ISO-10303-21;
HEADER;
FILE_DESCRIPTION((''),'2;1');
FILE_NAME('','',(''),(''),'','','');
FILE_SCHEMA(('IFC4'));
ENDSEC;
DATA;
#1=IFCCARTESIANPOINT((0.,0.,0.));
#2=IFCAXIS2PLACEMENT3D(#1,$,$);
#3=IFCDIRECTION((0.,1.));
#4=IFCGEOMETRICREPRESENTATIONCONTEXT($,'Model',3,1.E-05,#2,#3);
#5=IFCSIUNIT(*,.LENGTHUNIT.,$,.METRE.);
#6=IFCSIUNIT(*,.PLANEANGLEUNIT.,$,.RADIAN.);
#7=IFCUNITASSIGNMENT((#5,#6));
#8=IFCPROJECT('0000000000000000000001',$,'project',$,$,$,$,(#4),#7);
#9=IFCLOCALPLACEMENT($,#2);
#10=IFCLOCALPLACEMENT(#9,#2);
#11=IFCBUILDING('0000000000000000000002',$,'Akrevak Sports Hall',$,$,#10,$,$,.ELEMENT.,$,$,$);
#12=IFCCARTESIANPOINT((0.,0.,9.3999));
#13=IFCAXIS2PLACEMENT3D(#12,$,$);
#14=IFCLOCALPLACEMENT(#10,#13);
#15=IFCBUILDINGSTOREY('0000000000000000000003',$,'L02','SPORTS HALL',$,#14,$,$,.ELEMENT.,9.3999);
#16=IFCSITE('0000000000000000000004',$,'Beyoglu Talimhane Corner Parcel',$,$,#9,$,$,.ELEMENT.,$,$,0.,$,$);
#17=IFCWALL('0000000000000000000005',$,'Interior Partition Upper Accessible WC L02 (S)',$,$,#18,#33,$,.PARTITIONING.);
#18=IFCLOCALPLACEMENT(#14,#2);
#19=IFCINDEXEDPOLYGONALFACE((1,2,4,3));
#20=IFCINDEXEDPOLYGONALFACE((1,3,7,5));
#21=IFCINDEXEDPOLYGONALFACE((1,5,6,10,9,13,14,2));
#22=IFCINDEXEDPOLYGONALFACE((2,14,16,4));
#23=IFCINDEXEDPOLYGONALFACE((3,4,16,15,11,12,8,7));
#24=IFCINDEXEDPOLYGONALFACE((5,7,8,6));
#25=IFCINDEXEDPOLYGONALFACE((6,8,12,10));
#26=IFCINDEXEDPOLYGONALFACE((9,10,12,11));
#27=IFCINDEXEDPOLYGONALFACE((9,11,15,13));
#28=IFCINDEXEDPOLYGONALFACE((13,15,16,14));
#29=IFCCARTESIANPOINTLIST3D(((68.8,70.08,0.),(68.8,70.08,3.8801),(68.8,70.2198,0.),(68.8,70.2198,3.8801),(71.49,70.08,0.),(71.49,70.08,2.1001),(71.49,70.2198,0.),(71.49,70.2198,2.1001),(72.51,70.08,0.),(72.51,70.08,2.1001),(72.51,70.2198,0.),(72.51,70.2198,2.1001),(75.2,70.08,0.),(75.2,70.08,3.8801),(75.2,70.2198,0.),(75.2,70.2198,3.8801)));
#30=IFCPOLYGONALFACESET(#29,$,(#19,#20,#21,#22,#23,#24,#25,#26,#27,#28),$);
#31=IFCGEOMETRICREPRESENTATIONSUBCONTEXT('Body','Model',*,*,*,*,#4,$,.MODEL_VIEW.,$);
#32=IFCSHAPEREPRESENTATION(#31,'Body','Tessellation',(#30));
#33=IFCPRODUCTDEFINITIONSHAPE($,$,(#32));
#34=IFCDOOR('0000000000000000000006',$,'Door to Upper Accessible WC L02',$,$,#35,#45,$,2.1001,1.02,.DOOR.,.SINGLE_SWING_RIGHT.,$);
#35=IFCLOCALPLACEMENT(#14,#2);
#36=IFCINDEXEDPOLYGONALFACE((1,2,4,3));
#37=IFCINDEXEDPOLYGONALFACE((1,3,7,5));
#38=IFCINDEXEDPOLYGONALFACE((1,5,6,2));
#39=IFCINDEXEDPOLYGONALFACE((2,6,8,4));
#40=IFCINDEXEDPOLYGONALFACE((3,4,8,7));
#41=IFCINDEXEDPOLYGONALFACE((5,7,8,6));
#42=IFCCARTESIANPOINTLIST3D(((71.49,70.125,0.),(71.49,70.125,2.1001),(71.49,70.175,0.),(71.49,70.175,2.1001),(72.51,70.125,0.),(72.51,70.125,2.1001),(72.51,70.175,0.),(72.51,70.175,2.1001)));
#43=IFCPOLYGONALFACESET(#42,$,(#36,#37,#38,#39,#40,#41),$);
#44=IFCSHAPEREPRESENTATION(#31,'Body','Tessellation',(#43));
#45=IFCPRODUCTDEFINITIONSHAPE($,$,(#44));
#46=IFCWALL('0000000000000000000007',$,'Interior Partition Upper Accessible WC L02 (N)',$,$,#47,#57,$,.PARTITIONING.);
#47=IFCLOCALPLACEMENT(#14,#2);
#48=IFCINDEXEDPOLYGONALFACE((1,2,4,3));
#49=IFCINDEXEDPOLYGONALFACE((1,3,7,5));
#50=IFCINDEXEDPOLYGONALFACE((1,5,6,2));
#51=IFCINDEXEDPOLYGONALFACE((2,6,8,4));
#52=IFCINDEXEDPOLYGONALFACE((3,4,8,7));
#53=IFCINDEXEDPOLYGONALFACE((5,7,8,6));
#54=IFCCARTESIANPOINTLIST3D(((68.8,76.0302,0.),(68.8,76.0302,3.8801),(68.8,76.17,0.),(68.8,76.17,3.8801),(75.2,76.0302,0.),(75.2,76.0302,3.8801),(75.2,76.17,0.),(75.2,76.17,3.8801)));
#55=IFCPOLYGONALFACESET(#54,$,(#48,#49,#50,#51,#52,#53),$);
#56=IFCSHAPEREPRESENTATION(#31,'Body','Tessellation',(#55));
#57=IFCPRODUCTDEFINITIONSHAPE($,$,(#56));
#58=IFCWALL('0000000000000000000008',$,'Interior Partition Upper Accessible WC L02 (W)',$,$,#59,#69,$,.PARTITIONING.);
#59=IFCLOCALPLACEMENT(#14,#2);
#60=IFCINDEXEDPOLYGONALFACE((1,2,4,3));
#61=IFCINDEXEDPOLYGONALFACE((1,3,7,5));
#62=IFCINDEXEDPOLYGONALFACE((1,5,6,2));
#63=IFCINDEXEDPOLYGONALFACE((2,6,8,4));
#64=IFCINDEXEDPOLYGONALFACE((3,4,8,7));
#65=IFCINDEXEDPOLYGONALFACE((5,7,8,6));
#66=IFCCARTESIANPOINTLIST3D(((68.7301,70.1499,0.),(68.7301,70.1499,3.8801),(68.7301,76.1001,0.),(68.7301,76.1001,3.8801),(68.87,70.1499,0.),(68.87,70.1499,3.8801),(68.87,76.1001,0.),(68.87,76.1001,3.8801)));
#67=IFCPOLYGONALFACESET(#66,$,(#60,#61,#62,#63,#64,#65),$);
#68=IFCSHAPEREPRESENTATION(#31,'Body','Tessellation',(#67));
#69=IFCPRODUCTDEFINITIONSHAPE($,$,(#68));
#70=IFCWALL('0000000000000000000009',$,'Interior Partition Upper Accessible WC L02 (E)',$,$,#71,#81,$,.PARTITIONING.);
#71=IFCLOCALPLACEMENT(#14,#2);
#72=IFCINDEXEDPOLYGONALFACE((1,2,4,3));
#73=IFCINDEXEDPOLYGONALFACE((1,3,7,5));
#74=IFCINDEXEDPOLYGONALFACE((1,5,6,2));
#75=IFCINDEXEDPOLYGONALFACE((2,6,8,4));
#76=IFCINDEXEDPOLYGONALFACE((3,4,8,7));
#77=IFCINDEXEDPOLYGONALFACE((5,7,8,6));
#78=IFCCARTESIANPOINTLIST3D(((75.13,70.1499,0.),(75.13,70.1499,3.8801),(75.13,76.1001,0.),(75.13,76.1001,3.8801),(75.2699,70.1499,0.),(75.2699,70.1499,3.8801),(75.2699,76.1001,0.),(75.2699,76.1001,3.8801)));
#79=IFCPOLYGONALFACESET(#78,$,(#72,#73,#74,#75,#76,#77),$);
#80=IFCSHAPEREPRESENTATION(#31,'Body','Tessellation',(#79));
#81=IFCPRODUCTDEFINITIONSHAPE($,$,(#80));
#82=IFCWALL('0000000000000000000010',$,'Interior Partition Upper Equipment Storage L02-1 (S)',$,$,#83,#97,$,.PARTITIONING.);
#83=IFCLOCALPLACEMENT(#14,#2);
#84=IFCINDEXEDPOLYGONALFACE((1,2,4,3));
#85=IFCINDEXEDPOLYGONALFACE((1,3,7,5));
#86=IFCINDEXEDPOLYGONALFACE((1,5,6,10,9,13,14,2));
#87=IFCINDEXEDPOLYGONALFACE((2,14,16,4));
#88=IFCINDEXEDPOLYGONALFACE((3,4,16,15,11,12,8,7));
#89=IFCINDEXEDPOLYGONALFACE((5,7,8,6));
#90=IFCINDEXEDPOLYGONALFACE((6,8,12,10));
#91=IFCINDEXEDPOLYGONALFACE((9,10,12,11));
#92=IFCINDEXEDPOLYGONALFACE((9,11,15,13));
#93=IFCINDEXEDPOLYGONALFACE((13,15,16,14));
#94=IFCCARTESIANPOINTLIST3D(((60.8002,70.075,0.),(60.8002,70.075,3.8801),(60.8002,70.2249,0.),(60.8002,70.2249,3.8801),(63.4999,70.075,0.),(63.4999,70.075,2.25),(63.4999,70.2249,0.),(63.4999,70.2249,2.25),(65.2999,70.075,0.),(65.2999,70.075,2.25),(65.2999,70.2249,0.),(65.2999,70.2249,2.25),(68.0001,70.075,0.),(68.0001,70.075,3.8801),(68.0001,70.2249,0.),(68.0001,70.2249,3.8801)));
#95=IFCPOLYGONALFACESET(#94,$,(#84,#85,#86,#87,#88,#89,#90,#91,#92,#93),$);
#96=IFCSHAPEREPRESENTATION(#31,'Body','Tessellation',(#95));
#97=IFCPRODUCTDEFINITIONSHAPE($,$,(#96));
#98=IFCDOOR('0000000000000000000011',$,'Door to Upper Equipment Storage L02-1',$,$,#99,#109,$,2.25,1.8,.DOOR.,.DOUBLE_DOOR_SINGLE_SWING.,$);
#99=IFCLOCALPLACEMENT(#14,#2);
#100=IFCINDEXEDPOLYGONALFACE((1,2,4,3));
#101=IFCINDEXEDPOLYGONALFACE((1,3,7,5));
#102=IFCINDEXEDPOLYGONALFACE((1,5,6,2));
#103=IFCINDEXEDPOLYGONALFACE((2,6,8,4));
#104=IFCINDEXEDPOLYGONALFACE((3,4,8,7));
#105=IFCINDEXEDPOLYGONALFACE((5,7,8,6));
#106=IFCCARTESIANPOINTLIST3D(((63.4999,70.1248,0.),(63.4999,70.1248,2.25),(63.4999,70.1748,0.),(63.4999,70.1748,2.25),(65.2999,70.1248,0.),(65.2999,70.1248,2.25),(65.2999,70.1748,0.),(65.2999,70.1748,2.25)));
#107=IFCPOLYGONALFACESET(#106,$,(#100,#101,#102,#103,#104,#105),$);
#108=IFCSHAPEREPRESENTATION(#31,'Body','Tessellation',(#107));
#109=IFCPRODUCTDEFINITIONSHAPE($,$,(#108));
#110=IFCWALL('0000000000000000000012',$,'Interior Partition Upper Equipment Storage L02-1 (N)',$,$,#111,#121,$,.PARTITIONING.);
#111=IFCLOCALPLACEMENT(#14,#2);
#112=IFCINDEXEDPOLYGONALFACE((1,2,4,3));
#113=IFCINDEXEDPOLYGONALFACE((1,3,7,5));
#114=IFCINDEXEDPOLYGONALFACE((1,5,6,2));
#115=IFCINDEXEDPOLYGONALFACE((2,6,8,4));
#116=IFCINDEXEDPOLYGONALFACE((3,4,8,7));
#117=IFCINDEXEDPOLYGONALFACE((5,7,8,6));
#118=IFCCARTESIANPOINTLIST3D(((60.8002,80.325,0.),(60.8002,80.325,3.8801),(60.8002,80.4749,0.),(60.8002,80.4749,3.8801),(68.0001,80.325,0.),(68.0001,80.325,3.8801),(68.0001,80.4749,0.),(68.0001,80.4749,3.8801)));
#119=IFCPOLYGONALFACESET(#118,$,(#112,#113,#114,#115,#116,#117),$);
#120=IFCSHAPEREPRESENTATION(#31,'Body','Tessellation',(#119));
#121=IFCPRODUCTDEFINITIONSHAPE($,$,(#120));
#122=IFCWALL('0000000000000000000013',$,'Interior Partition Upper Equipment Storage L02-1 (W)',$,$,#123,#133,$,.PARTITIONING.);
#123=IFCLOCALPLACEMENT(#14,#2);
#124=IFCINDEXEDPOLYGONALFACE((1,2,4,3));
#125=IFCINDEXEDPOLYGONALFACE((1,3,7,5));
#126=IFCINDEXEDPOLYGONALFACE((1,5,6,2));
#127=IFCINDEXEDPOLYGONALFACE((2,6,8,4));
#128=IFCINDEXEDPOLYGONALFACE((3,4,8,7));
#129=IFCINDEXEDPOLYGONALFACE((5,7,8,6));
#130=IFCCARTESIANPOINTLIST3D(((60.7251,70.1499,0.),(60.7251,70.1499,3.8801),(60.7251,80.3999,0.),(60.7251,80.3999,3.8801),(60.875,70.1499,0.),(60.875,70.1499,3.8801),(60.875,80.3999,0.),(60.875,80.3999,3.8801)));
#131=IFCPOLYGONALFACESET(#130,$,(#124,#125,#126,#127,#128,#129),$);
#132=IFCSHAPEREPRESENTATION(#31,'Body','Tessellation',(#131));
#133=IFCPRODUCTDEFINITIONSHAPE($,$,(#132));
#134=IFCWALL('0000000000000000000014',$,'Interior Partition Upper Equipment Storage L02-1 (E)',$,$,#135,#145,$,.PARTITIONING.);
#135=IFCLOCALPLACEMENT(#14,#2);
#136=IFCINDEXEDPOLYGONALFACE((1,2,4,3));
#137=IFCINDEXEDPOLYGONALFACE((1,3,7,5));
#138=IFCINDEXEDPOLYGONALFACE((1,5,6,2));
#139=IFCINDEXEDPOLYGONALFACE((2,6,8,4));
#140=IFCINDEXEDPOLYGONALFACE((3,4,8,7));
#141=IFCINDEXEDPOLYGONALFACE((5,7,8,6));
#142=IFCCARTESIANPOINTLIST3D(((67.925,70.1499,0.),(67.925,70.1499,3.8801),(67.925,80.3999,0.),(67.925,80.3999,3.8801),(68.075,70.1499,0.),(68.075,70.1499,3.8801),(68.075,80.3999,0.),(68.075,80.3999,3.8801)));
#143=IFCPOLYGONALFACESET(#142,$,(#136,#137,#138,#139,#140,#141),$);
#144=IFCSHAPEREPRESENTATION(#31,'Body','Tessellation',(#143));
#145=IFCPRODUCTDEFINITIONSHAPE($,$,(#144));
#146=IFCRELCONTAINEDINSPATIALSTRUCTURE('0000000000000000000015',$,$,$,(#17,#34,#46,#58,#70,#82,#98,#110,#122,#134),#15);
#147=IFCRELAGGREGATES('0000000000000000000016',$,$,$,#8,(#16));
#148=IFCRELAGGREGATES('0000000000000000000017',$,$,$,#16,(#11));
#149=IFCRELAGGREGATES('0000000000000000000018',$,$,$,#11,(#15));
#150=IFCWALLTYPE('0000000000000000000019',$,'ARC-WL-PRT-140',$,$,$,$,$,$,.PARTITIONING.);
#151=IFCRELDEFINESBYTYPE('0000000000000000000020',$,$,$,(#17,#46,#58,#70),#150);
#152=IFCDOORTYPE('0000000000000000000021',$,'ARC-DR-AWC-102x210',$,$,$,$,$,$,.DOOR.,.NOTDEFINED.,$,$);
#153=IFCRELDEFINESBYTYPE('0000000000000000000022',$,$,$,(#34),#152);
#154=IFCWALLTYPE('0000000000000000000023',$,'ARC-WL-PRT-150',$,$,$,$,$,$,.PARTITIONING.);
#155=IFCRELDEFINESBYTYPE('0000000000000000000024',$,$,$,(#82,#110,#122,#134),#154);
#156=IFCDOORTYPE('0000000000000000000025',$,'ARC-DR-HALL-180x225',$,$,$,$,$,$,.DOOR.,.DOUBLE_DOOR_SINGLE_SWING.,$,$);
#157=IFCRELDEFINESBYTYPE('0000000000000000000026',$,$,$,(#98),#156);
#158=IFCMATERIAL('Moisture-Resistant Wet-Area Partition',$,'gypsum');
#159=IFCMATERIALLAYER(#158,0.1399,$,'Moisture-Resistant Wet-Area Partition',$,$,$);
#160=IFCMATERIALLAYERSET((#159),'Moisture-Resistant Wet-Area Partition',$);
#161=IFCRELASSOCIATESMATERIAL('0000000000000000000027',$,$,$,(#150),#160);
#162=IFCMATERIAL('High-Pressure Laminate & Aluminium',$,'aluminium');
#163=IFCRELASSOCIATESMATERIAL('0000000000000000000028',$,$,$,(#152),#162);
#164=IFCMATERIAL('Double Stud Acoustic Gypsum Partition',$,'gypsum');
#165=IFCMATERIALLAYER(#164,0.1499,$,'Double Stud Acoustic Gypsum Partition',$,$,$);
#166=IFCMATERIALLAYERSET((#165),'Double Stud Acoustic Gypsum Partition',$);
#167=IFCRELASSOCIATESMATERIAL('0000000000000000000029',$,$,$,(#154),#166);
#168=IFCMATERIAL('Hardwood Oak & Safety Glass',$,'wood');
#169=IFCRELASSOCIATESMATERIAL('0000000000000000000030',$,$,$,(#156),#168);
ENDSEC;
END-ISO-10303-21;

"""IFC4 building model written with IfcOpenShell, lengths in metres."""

from ifc_helpers import new_model, si_unit, direction, frame, frame_2d, origin, place, context, subcontext, project, spatial, rectangle, extrude, material, layer, layer_set, type_object, element, fill, save


model = new_model("IFC4")

# Units and contexts
model_context = context("Model", 3, precision=1e-05, world=origin(), true_north=direction((0.0, 1.0)))
body_context = subcontext(model_context, "Body", "Model", "MODEL_VIEW")
ifc_project = project(units=[si_unit("LENGTHUNIT", "METRE"), si_unit("PLANEANGLEUNIT", "RADIAN")], contexts=[model_context])

# Site, building, storey
site_placement = place(None, origin())
site = spatial("IfcSite", under=ifc_project, at=site_placement, Name="Beyoglu Talimhane Corner Parcel", CompositionType="ELEMENT", RefElevation=0.0)
building_placement = place(site_placement, origin())
building = spatial("IfcBuilding", under=site, at=building_placement, Name="Akrevak Sports Hall", CompositionType="ELEMENT")
storey_placement = place(building_placement, frame((0.0, 0.0, 9.3999)))
storey = spatial("IfcBuildingStorey", under=building, at=storey_placement, Name="L02", Description="SPORTS HALL", CompositionType="ELEMENT", Elevation=9.3999)

# Wall, opening, door
ifc_material_1 = material(Name="Moisture-Resistant Wet-Area Partition", Category="gypsum")
ifc_layer_1 = layer(ifc_material_1, 0.1399, Name="Moisture-Resistant Wet-Area Partition")
ifc_layer_set_1 = layer_set([ifc_layer_1], Name="Moisture-Resistant Wet-Area Partition")
wall_type_1 = type_object("IfcWallType", Name="ARC-WL-PRT-140", PredefinedType="PARTITIONING", material=ifc_layer_set_1)
wall_1_placement = place(storey_placement, frame((68.8, 70.1499, 0.0), z_axis=(0.0, 0.0, 1.0), x_axis=(1.0, 0.0, 0.0)))
wall_1 = element("IfcWall", 1, at=wall_1_placement, inside=storey, type_object=wall_type_1, Name="Interior Partition Upper Accessible WC L02 (S)", PredefinedType="PARTITIONING", context=body_context, shape_type="SweptSolid", body=[
    extrude(rectangle(XDim=6.3999, YDim=0.1399, at=frame_2d((3.2, 0.0))), origin(), (0.0, 0.0, 1.0), 3.8801),
])
opening_1_placement = place(wall_1_placement, frame((2.6899, 0.0, 0.0)))
opening_1 = element("IfcOpeningElement", 2, at=opening_1_placement, cuts=wall_1, PredefinedType="OPENING", context=body_context, shape_type="SweptSolid", body=[
    extrude(rectangle(XDim=1.02, YDim=2.1001, at=frame_2d((0.51, 1.05))), frame((0.0, 0.082, 0.0), z_axis=(0.0, -1.0, 0.0), x_axis=(1.0, 0.0, 0.0)), (0.0, 0.0, 1.0), 0.1638),
])
ifc_material_2 = material(Name="High-Pressure Laminate & Aluminium", Category="aluminium")
door_type_1 = type_object("IfcDoorType", Name="ARC-DR-AWC-102x210", OperationType="NOTDEFINED", PredefinedType="DOOR", material=ifc_material_2)
door_1_placement = place(opening_1_placement, frame((1.02, 0.0, 0.0), z_axis=(0.0, 0.0, 1.0), x_axis=(-1.0, 0.0, 0.0)))
door_1 = element("IfcDoor", 3, at=door_1_placement, inside=storey, type_object=door_type_1, Name="Door to Upper Accessible WC L02", OperationType="SINGLE_SWING_RIGHT", OverallHeight=2.1001, OverallWidth=1.02, PredefinedType="DOOR", context=body_context, shape_type="SweptSolid", body=[
    extrude(rectangle(XDim=1.02, YDim=2.1001, at=frame_2d((0.51, 1.05))), frame((0.0, 0.0249, 0.0), z_axis=(0.0, -1.0, 0.0), x_axis=(1.0, 0.0, 0.0)), (0.0, 0.0, 1.0), 0.05),
])
fill(opening_1, door_1)

# Walls
wall_2_placement = place(storey_placement, frame((68.8, 76.1001, 0.0), z_axis=(0.0, 0.0, 1.0), x_axis=(1.0, 0.0, 0.0)))
element("IfcWall", 4, at=wall_2_placement, inside=storey, type_object=wall_type_1, Name="Interior Partition Upper Accessible WC L02 (N)", PredefinedType="PARTITIONING", context=body_context, shape_type="SweptSolid", body=[
    extrude(rectangle(XDim=6.3999, YDim=0.1399, at=frame_2d((3.2, 0.0))), origin(), (0.0, 0.0, 1.0), 3.8801),
])
for number, where, z_axis, x_axis, name in (
    (5, (68.8, 70.1499, 0.0), (0.0, 0.0, 1.0), (0.0, 1.0, 0.0), "Interior Partition Upper Accessible WC L02 (W)"),
    (6, (75.2, 70.1499, 0.0), (0.0, 0.0, 1.0), (0.0, 1.0, 0.0), "Interior Partition Upper Accessible WC L02 (E)"),
):
    element("IfcWall", number, at=place(storey_placement, frame(where, z_axis=z_axis, x_axis=x_axis)), inside=storey, type_object=wall_type_1, Name=name, PredefinedType="PARTITIONING", context=body_context, shape_type="SweptSolid", body=[
        extrude(rectangle(XDim=5.9502, YDim=0.1399, at=frame_2d((2.9751, 0.0))), origin(), (0.0, 0.0, 1.0), 3.8801),
    ])

# Wall, opening, door
ifc_material_3 = material(Name="Double Stud Acoustic Gypsum Partition", Category="gypsum")
ifc_layer_2 = layer(ifc_material_3, 0.1499, Name="Double Stud Acoustic Gypsum Partition")
ifc_layer_set_2 = layer_set([ifc_layer_2], Name="Double Stud Acoustic Gypsum Partition")
wall_type_2 = type_object("IfcWallType", Name="ARC-WL-PRT-150", PredefinedType="PARTITIONING", material=ifc_layer_set_2)
wall_3_placement = place(storey_placement, frame((60.8, 70.1499, 0.0), z_axis=(0.0, 0.0, 1.0), x_axis=(1.0, 0.0, 0.0)))
wall_3 = element("IfcWall", 7, at=wall_3_placement, inside=storey, type_object=wall_type_2, Name="Interior Partition Upper Equipment Storage L02-1 (S)", PredefinedType="PARTITIONING", context=body_context, shape_type="SweptSolid", body=[
    extrude(rectangle(XDim=7.2, YDim=0.1499, at=frame_2d((3.6001, 0.0))), origin(), (0.0, 0.0, 1.0), 3.8801),
])
opening_2_placement = place(wall_3_placement, frame((2.7, 0.0, 0.0)))
opening_2 = element("IfcOpeningElement", 8, at=opening_2_placement, cuts=wall_3, PredefinedType="OPENING", context=body_context, shape_type="SweptSolid", body=[
    extrude(rectangle(XDim=1.8, YDim=2.25, at=frame_2d((0.8999, 1.125))), frame((0.0, 0.0869, 0.0), z_axis=(0.0, -1.0, 0.0), x_axis=(1.0, 0.0, 0.0)), (0.0, 0.0, 1.0), 0.1738),
])
ifc_material_4 = material(Name="Hardwood Oak & Safety Glass", Category="wood")
door_type_2 = type_object("IfcDoorType", Name="ARC-DR-HALL-180x225", OperationType="DOUBLE_DOOR_SINGLE_SWING", PredefinedType="DOOR", material=ifc_material_4)
door_2_placement = place(opening_2_placement, origin())
door_2 = element("IfcDoor", 9, at=door_2_placement, inside=storey, type_object=door_type_2, Name="Door to Upper Equipment Storage L02-1", OperationType="DOUBLE_DOOR_SINGLE_SWING", OverallHeight=2.25, OverallWidth=1.8, PredefinedType="DOOR", context=body_context, shape_type="SweptSolid", body=[
    extrude(rectangle(XDim=1.8, YDim=2.25, at=frame_2d((0.8999, 1.125))), frame((0.0, 0.0249, 0.0), z_axis=(0.0, -1.0, 0.0), x_axis=(1.0, 0.0, 0.0)), (0.0, 0.0, 1.0), 0.05),
])
fill(opening_2, door_2)

# Walls
wall_4_placement = place(storey_placement, frame((60.8, 80.3999, 0.0), z_axis=(0.0, 0.0, 1.0), x_axis=(1.0, 0.0, 0.0)))
element("IfcWall", 10, at=wall_4_placement, inside=storey, type_object=wall_type_2, Name="Interior Partition Upper Equipment Storage L02-1 (N)", PredefinedType="PARTITIONING", context=body_context, shape_type="SweptSolid", body=[
    extrude(rectangle(XDim=7.2, YDim=0.1499, at=frame_2d((3.6001, 0.0))), origin(), (0.0, 0.0, 1.0), 3.8801),
])
for number, where, z_axis, x_axis, name in (
    (11, (60.8, 70.1499, 0.0), (0.0, 0.0, 1.0), (0.0, 1.0, 0.0), "Interior Partition Upper Equipment Storage L02-1 (W)"),
    (12, (68.0, 70.1499, 0.0), (0.0, 0.0, 1.0), (0.0, 1.0, 0.0), "Interior Partition Upper Equipment Storage L02-1 (E)"),
):
    element("IfcWall", number, at=place(storey_placement, frame(where, z_axis=z_axis, x_axis=x_axis)), inside=storey, type_object=wall_type_2, Name=name, PredefinedType="PARTITIONING", context=body_context, shape_type="SweptSolid", body=[
        extrude(rectangle(XDim=10.25, YDim=0.1499, at=frame_2d((5.125, 0.0))), origin(), (0.0, 0.0, 1.0), 3.8801),
    ])

save(model, "model.ifc")
